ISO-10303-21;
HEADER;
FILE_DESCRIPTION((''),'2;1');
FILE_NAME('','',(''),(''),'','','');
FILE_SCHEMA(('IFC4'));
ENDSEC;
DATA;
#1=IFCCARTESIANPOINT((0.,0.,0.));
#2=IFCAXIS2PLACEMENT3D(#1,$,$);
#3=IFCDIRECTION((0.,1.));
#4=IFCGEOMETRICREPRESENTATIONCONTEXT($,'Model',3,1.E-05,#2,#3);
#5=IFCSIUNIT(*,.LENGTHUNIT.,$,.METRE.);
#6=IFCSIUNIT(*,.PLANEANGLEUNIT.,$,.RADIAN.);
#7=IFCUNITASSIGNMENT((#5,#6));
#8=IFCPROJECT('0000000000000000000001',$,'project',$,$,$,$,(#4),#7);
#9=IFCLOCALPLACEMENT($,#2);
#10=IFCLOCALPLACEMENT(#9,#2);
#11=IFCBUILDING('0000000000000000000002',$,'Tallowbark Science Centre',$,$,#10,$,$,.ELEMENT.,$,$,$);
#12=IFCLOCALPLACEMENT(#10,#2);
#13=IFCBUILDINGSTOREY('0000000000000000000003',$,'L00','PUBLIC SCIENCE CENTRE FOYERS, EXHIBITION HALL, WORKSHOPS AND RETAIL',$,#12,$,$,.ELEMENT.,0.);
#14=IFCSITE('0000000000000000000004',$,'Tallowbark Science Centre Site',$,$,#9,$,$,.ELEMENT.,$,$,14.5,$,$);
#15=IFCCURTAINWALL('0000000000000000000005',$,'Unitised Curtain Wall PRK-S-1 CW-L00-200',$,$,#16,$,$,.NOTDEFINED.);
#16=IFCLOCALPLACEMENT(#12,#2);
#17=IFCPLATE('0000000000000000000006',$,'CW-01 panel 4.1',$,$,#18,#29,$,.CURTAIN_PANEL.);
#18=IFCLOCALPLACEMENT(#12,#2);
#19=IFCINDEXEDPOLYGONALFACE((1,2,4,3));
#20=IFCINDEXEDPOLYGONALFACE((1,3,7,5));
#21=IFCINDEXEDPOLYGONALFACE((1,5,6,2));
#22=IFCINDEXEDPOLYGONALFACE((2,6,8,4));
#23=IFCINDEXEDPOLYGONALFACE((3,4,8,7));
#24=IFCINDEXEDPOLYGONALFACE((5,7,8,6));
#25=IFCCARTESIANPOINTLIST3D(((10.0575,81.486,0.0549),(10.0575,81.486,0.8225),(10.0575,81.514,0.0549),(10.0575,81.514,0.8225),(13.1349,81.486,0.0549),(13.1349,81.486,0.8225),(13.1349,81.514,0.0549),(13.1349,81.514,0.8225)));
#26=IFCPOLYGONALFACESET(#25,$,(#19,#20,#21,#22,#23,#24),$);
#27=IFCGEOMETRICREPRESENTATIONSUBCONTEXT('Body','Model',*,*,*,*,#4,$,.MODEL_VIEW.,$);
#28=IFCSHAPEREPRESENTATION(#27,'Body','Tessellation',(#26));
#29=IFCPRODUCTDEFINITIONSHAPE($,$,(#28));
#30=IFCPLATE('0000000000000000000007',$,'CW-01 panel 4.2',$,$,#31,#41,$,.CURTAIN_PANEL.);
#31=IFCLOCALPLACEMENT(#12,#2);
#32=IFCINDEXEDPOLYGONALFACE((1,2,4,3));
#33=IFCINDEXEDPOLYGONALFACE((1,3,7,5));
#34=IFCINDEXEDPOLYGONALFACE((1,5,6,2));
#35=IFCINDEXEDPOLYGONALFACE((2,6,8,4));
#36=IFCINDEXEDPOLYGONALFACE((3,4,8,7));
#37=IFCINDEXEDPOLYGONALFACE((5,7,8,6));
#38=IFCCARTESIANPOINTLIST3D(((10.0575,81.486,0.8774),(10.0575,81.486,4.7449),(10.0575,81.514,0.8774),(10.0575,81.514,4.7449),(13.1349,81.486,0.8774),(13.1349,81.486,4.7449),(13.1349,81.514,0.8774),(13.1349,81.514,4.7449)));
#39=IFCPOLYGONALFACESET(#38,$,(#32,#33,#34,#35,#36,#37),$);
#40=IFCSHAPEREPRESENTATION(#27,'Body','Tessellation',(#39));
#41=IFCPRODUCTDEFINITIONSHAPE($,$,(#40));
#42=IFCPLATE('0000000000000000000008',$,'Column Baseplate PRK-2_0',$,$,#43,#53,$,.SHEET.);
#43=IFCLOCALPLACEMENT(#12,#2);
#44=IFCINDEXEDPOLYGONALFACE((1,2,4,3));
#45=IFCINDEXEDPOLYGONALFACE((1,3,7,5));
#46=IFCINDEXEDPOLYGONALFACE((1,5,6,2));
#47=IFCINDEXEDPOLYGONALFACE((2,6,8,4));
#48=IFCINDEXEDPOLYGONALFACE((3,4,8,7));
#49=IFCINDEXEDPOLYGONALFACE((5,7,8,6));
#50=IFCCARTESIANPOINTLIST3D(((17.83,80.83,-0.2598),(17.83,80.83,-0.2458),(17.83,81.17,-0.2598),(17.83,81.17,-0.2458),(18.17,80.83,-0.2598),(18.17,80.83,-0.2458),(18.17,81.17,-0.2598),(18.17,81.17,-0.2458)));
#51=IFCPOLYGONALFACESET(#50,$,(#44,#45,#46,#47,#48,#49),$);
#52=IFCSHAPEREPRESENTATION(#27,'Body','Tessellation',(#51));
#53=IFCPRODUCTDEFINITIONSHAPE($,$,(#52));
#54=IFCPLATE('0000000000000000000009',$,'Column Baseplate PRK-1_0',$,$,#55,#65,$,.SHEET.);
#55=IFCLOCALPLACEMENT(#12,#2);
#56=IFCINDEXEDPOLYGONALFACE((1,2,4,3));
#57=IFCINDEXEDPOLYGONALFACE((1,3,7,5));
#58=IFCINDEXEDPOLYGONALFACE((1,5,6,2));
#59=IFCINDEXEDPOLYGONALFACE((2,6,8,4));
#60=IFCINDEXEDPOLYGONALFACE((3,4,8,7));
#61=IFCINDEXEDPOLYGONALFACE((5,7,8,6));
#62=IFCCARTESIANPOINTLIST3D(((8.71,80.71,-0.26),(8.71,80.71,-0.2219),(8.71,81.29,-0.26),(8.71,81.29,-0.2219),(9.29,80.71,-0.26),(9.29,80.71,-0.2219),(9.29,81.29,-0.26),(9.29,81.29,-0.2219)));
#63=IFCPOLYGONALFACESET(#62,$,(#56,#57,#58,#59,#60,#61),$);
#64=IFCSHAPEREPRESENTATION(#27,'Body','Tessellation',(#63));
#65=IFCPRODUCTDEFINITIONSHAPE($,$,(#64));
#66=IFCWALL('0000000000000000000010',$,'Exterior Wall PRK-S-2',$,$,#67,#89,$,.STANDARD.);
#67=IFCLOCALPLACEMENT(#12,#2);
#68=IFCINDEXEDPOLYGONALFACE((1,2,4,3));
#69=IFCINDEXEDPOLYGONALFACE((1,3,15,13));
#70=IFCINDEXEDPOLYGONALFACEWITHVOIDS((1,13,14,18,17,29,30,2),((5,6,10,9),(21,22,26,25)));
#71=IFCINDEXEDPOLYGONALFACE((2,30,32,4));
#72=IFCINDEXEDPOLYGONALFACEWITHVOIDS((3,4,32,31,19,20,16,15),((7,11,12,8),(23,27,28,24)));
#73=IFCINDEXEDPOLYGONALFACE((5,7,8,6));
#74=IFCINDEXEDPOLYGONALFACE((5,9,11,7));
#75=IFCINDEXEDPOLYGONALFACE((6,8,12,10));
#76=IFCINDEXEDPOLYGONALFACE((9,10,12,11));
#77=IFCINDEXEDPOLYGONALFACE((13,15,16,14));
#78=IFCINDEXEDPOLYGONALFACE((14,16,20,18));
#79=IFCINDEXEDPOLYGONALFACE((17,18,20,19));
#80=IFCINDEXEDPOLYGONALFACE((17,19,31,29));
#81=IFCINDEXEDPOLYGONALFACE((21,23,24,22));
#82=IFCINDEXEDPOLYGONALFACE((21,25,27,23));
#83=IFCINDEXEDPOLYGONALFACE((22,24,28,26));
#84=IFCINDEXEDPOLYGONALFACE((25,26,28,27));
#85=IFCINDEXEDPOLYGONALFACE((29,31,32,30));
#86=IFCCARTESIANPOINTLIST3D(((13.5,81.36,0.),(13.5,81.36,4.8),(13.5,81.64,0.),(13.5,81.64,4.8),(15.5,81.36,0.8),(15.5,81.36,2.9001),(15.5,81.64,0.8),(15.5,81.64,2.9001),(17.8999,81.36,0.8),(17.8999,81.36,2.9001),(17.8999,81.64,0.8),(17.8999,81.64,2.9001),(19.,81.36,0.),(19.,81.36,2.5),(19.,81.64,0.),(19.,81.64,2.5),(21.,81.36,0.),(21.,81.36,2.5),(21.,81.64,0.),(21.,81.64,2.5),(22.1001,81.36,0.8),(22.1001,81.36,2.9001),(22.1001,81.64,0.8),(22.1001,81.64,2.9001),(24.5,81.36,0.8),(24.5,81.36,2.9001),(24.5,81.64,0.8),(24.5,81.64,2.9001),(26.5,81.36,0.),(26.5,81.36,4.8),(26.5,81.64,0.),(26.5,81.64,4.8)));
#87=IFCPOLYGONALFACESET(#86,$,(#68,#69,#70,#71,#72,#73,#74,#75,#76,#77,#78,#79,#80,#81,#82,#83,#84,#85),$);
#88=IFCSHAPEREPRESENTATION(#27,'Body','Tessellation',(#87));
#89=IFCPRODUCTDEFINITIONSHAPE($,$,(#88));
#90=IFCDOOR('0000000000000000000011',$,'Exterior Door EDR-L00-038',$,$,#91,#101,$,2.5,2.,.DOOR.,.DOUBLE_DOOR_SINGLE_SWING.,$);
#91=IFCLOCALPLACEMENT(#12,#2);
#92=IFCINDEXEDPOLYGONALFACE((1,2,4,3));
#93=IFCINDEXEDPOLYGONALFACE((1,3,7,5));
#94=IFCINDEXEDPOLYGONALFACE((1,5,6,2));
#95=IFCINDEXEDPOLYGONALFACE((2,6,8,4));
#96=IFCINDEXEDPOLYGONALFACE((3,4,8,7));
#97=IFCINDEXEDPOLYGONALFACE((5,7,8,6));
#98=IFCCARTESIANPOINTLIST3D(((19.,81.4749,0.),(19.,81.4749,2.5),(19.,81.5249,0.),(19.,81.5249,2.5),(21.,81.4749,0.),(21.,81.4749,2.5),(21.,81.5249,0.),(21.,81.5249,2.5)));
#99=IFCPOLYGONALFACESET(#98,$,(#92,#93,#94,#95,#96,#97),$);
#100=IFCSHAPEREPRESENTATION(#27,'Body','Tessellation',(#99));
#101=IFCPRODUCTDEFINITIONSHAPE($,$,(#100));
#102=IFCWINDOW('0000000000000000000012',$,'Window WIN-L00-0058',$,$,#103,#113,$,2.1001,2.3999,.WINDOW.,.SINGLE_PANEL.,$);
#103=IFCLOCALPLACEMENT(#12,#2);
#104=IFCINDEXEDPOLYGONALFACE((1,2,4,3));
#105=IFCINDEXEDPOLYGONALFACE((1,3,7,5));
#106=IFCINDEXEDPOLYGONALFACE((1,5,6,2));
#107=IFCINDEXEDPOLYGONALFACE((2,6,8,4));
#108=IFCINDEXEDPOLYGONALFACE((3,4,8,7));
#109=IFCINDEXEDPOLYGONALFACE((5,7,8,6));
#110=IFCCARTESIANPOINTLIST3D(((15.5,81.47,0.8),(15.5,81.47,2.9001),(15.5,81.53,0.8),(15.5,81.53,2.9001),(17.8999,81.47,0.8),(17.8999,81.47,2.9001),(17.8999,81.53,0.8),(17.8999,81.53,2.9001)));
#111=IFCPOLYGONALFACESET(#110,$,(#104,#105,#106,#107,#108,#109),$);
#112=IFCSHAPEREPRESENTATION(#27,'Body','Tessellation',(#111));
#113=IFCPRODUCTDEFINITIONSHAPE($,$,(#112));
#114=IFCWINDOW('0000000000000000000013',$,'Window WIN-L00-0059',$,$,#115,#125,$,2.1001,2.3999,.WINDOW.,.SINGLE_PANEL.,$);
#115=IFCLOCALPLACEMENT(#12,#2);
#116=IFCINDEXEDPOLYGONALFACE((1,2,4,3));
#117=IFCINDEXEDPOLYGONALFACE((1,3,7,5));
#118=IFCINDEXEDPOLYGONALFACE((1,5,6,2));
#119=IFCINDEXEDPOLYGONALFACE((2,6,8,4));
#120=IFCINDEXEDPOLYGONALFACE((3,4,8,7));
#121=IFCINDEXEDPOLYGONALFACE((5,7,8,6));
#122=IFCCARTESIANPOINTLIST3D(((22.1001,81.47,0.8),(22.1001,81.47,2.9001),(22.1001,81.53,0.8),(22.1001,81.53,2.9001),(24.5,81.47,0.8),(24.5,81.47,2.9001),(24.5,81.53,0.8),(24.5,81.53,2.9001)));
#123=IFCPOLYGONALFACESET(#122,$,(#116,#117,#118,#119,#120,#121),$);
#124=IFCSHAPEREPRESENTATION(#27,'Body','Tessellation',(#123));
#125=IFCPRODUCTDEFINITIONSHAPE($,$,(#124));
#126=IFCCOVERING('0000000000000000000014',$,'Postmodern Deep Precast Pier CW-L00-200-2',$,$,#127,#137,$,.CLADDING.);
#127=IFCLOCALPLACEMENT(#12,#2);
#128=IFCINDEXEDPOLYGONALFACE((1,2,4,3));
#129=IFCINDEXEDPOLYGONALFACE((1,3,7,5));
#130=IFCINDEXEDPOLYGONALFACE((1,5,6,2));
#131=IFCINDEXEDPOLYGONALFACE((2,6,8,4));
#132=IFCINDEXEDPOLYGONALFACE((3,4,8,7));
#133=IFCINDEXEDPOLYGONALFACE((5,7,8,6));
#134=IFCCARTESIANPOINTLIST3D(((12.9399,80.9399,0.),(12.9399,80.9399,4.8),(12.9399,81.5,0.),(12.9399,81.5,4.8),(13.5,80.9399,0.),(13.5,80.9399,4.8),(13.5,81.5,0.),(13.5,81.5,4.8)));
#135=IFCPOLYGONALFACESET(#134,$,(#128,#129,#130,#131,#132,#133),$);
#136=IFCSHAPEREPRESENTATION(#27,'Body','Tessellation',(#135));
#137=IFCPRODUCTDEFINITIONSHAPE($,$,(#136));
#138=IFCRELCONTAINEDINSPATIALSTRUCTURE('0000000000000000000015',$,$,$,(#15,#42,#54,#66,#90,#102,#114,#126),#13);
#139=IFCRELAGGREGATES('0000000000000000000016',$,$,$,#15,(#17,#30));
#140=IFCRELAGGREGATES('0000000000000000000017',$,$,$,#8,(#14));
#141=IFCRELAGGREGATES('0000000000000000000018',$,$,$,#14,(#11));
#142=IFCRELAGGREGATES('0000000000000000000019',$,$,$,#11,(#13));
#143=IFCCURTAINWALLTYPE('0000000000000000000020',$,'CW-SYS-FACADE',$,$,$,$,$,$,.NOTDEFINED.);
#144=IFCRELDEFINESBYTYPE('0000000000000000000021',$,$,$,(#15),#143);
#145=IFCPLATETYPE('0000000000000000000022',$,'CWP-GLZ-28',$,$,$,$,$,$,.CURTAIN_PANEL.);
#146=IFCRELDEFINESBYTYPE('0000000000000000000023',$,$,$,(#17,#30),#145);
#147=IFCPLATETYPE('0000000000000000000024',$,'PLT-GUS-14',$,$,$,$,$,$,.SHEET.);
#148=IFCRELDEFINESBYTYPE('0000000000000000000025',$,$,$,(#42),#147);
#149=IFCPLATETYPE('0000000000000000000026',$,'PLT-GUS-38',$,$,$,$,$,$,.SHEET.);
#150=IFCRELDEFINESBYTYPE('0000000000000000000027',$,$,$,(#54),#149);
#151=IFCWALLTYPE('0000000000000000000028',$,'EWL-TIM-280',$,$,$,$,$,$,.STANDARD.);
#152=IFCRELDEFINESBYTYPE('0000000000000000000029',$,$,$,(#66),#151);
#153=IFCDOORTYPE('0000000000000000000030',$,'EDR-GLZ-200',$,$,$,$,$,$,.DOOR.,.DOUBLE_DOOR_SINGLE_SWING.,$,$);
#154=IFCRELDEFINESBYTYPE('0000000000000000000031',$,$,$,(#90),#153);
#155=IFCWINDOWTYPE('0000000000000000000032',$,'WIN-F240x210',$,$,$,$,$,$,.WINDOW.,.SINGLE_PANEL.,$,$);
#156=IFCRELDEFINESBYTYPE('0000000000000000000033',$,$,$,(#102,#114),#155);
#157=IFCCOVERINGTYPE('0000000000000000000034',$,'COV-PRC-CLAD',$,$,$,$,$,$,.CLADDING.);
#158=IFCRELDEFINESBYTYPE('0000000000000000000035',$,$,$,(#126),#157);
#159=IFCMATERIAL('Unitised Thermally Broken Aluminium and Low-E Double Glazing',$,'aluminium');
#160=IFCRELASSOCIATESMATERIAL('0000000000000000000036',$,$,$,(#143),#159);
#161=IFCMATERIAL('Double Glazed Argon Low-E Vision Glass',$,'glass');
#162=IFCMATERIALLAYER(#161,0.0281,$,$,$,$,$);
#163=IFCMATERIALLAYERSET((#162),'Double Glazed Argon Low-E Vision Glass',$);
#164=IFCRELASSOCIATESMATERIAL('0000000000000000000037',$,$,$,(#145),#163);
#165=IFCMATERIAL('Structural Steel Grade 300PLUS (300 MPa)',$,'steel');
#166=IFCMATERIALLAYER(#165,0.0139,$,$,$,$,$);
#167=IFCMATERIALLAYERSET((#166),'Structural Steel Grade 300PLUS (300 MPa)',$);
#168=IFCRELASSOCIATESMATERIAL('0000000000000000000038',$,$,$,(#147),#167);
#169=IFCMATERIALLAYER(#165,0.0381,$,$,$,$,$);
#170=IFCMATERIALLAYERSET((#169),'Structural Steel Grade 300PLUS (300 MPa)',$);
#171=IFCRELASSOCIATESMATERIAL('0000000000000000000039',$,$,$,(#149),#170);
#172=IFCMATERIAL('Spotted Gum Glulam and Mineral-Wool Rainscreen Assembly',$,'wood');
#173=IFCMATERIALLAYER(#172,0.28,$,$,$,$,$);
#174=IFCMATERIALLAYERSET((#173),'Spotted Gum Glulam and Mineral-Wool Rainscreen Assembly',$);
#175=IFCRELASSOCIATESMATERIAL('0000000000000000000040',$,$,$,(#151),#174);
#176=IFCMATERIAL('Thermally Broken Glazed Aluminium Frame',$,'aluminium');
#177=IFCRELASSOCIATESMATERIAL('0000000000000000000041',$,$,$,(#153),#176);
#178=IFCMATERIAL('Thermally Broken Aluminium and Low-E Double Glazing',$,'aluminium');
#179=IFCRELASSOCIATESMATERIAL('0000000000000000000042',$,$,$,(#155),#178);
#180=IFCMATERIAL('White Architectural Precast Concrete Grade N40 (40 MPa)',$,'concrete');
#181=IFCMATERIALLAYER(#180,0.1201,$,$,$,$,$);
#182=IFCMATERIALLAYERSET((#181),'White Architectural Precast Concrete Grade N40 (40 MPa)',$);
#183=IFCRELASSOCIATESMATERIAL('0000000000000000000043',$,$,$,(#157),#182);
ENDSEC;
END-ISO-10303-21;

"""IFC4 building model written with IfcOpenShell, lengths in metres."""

from ifc_helpers import new_model, si_unit, direction, frame, frame_2d, origin, origin_2d, place, context, subcontext, project, spatial, rectangle, extrude, material, layer, layer_set, type_object, element, fill, aggregate, save


model = new_model("IFC4")

# Units and contexts
model_context = context("Model", 3, precision=1e-05, world=origin(), true_north=direction((0.0, 1.0)))
body_context = subcontext(model_context, "Body", "Model", "MODEL_VIEW")
ifc_project = project(units=[si_unit("LENGTHUNIT", "METRE"), si_unit("PLANEANGLEUNIT", "RADIAN")], contexts=[model_context])

# Site, building, storey
site_placement = place(None, origin())
site = spatial("IfcSite", under=ifc_project, at=site_placement, Name="Tallowbark Science Centre Site", CompositionType="ELEMENT", RefElevation=14.5)
building_placement = place(site_placement, origin())
building = spatial("IfcBuilding", under=site, at=building_placement, Name="Tallowbark Science Centre", CompositionType="ELEMENT")
storey_placement = place(building_placement, origin())
storey = spatial("IfcBuildingStorey", under=building, at=storey_placement, Name="L00", Description="PUBLIC SCIENCE CENTRE FOYERS, EXHIBITION HALL, WORKSHOPS AND RETAIL", CompositionType="ELEMENT", Elevation=0.0)

# Shared definitions
ifc_material_1 = material(Name="Structural Steel Grade 300PLUS (300 MPa)", Category="steel")

# Curtain wall
ifc_material_2 = material(Name="Unitised Thermally Broken Aluminium and Low-E Double Glazing", Category="aluminium")
curtain_wall_type = type_object("IfcCurtainWallType", Name="CW-SYS-FACADE", PredefinedType="NOTDEFINED", material=ifc_material_2)
curtain_wall_1_placement = place(storey_placement, origin())
curtain_wall_1 = element("IfcCurtainWall", 1, at=curtain_wall_1_placement, inside=storey, type_object=curtain_wall_type, Name="Unitised Curtain Wall PRK-S-1 CW-L00-200", PredefinedType="NOTDEFINED")

# Plates
ifc_material_3 = material(Name="Double Glazed Argon Low-E Vision Glass", Category="glass")
ifc_layer_1 = layer(ifc_material_3, 0.0281)
ifc_layer_set_1 = layer_set([ifc_layer_1], Name="Double Glazed Argon Low-E Vision Glass")
plate_type_1 = type_object("IfcPlateType", Name="CWP-GLZ-28", PredefinedType="CURTAIN_PANEL", material=ifc_layer_set_1)
plate_1_placement = place(storey_placement, frame((11.5962, 81.5, 0.0549), z_axis=(0.0, 0.0, 1.0), x_axis=(1.0, 0.0, 0.0)))
plate_1 = element("IfcPlate", 2, at=plate_1_placement, type_object=plate_type_1, Name="CW-01 panel 4.1", PredefinedType="CURTAIN_PANEL", context=body_context, shape_type="SweptSolid", body=[
    extrude(rectangle(XDim=3.0774, YDim=0.0281, at=origin_2d()), origin(), (0.0, 0.0, 1.0), 0.7676),
])
plate_2_placement = place(storey_placement, frame((11.5962, 81.5, 0.8774), z_axis=(0.0, 0.0, 1.0), x_axis=(1.0, 0.0, 0.0)))
plate_2 = element("IfcPlate", 3, at=plate_2_placement, type_object=plate_type_1, Name="CW-01 panel 4.2", PredefinedType="CURTAIN_PANEL", context=body_context, shape_type="SweptSolid", body=[
    extrude(rectangle(XDim=3.0774, YDim=0.0281, at=origin_2d()), origin(), (0.0, 0.0, 1.0), 3.8674),
])
aggregate(curtain_wall_1, [plate_1, plate_2])

# Plates
ifc_layer_2 = layer(ifc_material_1, 0.0139)
ifc_layer_set_2 = layer_set([ifc_layer_2], Name="Structural Steel Grade 300PLUS (300 MPa)")
plate_type_2 = type_object("IfcPlateType", Name="PLT-GUS-14", PredefinedType="SHEET", material=ifc_layer_set_2)
plate_3_placement = place(storey_placement, frame((18.0, 81.0, -0.2598), z_axis=(0.0, 0.0, 1.0), x_axis=(1.0, 0.0, 0.0)))
element("IfcPlate", 4, at=plate_3_placement, inside=storey, type_object=plate_type_2, Name="Column Baseplate PRK-2_0", PredefinedType="SHEET", context=body_context, shape_type="SweptSolid", body=[
    extrude(rectangle(XDim=0.3401, YDim=0.3401, at=origin_2d()), origin(), (0.0, 0.0, 1.0), 0.0139),
])
ifc_layer_3 = layer(ifc_material_1, 0.0381)
ifc_layer_set_3 = layer_set([ifc_layer_3], Name="Structural Steel Grade 300PLUS (300 MPa)")
plate_type_3 = type_object("IfcPlateType", Name="PLT-GUS-38", PredefinedType="SHEET", material=ifc_layer_set_3)
plate_4_placement = place(storey_placement, frame((9.0, 81.0, -0.26), z_axis=(0.0, 0.0, 1.0), x_axis=(1.0, 0.0, 0.0)))
element("IfcPlate", 5, at=plate_4_placement, inside=storey, type_object=plate_type_3, Name="Column Baseplate PRK-1_0", PredefinedType="SHEET", context=body_context, shape_type="SweptSolid", body=[
    extrude(rectangle(XDim=0.5801, YDim=0.5801, at=origin_2d()), origin(), (0.0, 0.0, 1.0), 0.0381),
])

# Wall, openings, door, windows
ifc_material_4 = material(Name="Spotted Gum Glulam and Mineral-Wool Rainscreen Assembly", Category="wood")
ifc_layer_4 = layer(ifc_material_4, 0.28)
ifc_layer_set_4 = layer_set([ifc_layer_4], Name="Spotted Gum Glulam and Mineral-Wool Rainscreen Assembly")
wall_type = type_object("IfcWallType", Name="EWL-TIM-280", PredefinedType="STANDARD", material=ifc_layer_set_4)
wall_placement = place(storey_placement, frame((13.5, 81.5, 0.0), z_axis=(0.0, 0.0, 1.0), x_axis=(1.0, 0.0, 0.0)))
wall = element("IfcWall", 6, at=wall_placement, inside=storey, type_object=wall_type, Name="Exterior Wall PRK-S-2", PredefinedType="STANDARD", context=body_context, shape_type="SweptSolid", body=[
    extrude(rectangle(XDim=13.0, YDim=0.28, at=frame_2d((6.5, 0.0))), origin(), (0.0, 0.0, 1.0), 4.8),
])
opening_1_placement = place(wall_placement, frame((2.0, 0.0, 0.8)))
opening_1 = element("IfcOpeningElement", 7, at=opening_1_placement, cuts=wall, PredefinedType="OPENING", context=body_context, shape_type="SweptSolid", body=[
    extrude(rectangle(XDim=2.3999, YDim=2.1001, at=frame_2d((1.2, 1.05))), frame((0.0, 0.1499, 0.0), z_axis=(0.0, -1.0, 0.0), x_axis=(1.0, 0.0, 0.0)), (0.0, 0.0, 1.0), 0.3),
])
opening_2_placement = place(wall_placement, frame((8.6001, 0.0, 0.8)))
opening_2 = element("IfcOpeningElement", 8, at=opening_2_placement, cuts=wall, PredefinedType="OPENING", context=body_context, shape_type="SweptSolid", body=[
    extrude(rectangle(XDim=2.3999, YDim=2.1001, at=frame_2d((1.2, 1.05))), frame((0.0, 0.1499, 0.0), z_axis=(0.0, -1.0, 0.0), x_axis=(1.0, 0.0, 0.0)), (0.0, 0.0, 1.0), 0.3),
])
opening_3_placement = place(wall_placement, frame((5.5, 0.0, 0.0)))
opening_3 = element("IfcOpeningElement", 9, at=opening_3_placement, cuts=wall, PredefinedType="OPENING", context=body_context, shape_type="SweptSolid", body=[
    extrude(rectangle(XDim=2.0, YDim=2.5, at=frame_2d((1.0, 1.25))), frame((0.0, 0.1499, 0.0), z_axis=(0.0, -1.0, 0.0), x_axis=(1.0, 0.0, 0.0)), (0.0, 0.0, 1.0), 0.3),
])
ifc_material_5 = material(Name="Thermally Broken Glazed Aluminium Frame", Category="aluminium")
door_type = type_object("IfcDoorType", Name="EDR-GLZ-200", OperationType="DOUBLE_DOOR_SINGLE_SWING", PredefinedType="DOOR", material=ifc_material_5)
door_placement = place(opening_3_placement, origin())
door = element("IfcDoor", 10, at=door_placement, inside=storey, type_object=door_type, Name="Exterior Door EDR-L00-038", OperationType="DOUBLE_DOOR_SINGLE_SWING", OverallHeight=2.5, OverallWidth=2.0, PredefinedType="DOOR", context=body_context, shape_type="SweptSolid", body=[
    extrude(rectangle(XDim=2.0, YDim=2.5, at=frame_2d((1.0, 1.25))), frame((0.0, 0.0249, 0.0), z_axis=(0.0, -1.0, 0.0), x_axis=(1.0, 0.0, 0.0)), (0.0, 0.0, 1.0), 0.05),
])
fill(opening_3, door)
ifc_material_6 = material(Name="Thermally Broken Aluminium and Low-E Double Glazing", Category="aluminium")
window_type = type_object("IfcWindowType", Name="WIN-F240x210", PartitioningType="SINGLE_PANEL", PredefinedType="WINDOW", material=ifc_material_6)
window_1_placement = place(opening_1_placement, origin())
window_1 = element("IfcWindow", 11, at=window_1_placement, inside=storey, type_object=window_type, Name="Window WIN-L00-0058", OverallHeight=2.1001, OverallWidth=2.3999, PartitioningType="SINGLE_PANEL", PredefinedType="WINDOW", context=body_context, shape_type="SweptSolid", body=[
    extrude(rectangle(XDim=2.3999, YDim=2.1001, at=frame_2d((1.2, 1.05))), frame((0.0, 0.03, 0.0), z_axis=(0.0, -1.0, 0.0), x_axis=(1.0, 0.0, 0.0)), (0.0, 0.0, 1.0), 0.0601),
])
fill(opening_1, window_1)
window_2_placement = place(opening_2_placement, origin())
window_2 = element("IfcWindow", 12, at=window_2_placement, inside=storey, type_object=window_type, Name="Window WIN-L00-0059", OverallHeight=2.1001, OverallWidth=2.3999, PartitioningType="SINGLE_PANEL", PredefinedType="WINDOW", context=body_context, shape_type="SweptSolid", body=[
    extrude(rectangle(XDim=2.3999, YDim=2.1001, at=frame_2d((1.2, 1.05))), frame((0.0, 0.03, 0.0), z_axis=(0.0, -1.0, 0.0), x_axis=(1.0, 0.0, 0.0)), (0.0, 0.0, 1.0), 0.0601),
])
fill(opening_2, window_2)

# Covering
ifc_material_7 = material(Name="White Architectural Precast Concrete Grade N40 (40 MPa)", Category="concrete")
ifc_layer_5 = layer(ifc_material_7, 0.1201)
ifc_layer_set_5 = layer_set([ifc_layer_5], Name="White Architectural Precast Concrete Grade N40 (40 MPa)")
covering_type = type_object("IfcCoveringType", Name="COV-PRC-CLAD", PredefinedType="CLADDING", material=ifc_layer_set_5)
covering_placement = place(storey_placement, frame((13.22, 81.22, 0.0), z_axis=(0.0, 0.0, 1.0), x_axis=(1.0, 0.0, 0.0)))
element("IfcCovering", 13, at=covering_placement, inside=storey, type_object=covering_type, Name="Postmodern Deep Precast Pier CW-L00-200-2", PredefinedType="CLADDING", context=body_context, shape_type="SweptSolid", body=[
    extrude(rectangle(XDim=0.5601, YDim=0.5601, at=origin_2d()), origin(), (0.0, 0.0, 1.0), 4.8),
])

save(model, "model.ifc")
